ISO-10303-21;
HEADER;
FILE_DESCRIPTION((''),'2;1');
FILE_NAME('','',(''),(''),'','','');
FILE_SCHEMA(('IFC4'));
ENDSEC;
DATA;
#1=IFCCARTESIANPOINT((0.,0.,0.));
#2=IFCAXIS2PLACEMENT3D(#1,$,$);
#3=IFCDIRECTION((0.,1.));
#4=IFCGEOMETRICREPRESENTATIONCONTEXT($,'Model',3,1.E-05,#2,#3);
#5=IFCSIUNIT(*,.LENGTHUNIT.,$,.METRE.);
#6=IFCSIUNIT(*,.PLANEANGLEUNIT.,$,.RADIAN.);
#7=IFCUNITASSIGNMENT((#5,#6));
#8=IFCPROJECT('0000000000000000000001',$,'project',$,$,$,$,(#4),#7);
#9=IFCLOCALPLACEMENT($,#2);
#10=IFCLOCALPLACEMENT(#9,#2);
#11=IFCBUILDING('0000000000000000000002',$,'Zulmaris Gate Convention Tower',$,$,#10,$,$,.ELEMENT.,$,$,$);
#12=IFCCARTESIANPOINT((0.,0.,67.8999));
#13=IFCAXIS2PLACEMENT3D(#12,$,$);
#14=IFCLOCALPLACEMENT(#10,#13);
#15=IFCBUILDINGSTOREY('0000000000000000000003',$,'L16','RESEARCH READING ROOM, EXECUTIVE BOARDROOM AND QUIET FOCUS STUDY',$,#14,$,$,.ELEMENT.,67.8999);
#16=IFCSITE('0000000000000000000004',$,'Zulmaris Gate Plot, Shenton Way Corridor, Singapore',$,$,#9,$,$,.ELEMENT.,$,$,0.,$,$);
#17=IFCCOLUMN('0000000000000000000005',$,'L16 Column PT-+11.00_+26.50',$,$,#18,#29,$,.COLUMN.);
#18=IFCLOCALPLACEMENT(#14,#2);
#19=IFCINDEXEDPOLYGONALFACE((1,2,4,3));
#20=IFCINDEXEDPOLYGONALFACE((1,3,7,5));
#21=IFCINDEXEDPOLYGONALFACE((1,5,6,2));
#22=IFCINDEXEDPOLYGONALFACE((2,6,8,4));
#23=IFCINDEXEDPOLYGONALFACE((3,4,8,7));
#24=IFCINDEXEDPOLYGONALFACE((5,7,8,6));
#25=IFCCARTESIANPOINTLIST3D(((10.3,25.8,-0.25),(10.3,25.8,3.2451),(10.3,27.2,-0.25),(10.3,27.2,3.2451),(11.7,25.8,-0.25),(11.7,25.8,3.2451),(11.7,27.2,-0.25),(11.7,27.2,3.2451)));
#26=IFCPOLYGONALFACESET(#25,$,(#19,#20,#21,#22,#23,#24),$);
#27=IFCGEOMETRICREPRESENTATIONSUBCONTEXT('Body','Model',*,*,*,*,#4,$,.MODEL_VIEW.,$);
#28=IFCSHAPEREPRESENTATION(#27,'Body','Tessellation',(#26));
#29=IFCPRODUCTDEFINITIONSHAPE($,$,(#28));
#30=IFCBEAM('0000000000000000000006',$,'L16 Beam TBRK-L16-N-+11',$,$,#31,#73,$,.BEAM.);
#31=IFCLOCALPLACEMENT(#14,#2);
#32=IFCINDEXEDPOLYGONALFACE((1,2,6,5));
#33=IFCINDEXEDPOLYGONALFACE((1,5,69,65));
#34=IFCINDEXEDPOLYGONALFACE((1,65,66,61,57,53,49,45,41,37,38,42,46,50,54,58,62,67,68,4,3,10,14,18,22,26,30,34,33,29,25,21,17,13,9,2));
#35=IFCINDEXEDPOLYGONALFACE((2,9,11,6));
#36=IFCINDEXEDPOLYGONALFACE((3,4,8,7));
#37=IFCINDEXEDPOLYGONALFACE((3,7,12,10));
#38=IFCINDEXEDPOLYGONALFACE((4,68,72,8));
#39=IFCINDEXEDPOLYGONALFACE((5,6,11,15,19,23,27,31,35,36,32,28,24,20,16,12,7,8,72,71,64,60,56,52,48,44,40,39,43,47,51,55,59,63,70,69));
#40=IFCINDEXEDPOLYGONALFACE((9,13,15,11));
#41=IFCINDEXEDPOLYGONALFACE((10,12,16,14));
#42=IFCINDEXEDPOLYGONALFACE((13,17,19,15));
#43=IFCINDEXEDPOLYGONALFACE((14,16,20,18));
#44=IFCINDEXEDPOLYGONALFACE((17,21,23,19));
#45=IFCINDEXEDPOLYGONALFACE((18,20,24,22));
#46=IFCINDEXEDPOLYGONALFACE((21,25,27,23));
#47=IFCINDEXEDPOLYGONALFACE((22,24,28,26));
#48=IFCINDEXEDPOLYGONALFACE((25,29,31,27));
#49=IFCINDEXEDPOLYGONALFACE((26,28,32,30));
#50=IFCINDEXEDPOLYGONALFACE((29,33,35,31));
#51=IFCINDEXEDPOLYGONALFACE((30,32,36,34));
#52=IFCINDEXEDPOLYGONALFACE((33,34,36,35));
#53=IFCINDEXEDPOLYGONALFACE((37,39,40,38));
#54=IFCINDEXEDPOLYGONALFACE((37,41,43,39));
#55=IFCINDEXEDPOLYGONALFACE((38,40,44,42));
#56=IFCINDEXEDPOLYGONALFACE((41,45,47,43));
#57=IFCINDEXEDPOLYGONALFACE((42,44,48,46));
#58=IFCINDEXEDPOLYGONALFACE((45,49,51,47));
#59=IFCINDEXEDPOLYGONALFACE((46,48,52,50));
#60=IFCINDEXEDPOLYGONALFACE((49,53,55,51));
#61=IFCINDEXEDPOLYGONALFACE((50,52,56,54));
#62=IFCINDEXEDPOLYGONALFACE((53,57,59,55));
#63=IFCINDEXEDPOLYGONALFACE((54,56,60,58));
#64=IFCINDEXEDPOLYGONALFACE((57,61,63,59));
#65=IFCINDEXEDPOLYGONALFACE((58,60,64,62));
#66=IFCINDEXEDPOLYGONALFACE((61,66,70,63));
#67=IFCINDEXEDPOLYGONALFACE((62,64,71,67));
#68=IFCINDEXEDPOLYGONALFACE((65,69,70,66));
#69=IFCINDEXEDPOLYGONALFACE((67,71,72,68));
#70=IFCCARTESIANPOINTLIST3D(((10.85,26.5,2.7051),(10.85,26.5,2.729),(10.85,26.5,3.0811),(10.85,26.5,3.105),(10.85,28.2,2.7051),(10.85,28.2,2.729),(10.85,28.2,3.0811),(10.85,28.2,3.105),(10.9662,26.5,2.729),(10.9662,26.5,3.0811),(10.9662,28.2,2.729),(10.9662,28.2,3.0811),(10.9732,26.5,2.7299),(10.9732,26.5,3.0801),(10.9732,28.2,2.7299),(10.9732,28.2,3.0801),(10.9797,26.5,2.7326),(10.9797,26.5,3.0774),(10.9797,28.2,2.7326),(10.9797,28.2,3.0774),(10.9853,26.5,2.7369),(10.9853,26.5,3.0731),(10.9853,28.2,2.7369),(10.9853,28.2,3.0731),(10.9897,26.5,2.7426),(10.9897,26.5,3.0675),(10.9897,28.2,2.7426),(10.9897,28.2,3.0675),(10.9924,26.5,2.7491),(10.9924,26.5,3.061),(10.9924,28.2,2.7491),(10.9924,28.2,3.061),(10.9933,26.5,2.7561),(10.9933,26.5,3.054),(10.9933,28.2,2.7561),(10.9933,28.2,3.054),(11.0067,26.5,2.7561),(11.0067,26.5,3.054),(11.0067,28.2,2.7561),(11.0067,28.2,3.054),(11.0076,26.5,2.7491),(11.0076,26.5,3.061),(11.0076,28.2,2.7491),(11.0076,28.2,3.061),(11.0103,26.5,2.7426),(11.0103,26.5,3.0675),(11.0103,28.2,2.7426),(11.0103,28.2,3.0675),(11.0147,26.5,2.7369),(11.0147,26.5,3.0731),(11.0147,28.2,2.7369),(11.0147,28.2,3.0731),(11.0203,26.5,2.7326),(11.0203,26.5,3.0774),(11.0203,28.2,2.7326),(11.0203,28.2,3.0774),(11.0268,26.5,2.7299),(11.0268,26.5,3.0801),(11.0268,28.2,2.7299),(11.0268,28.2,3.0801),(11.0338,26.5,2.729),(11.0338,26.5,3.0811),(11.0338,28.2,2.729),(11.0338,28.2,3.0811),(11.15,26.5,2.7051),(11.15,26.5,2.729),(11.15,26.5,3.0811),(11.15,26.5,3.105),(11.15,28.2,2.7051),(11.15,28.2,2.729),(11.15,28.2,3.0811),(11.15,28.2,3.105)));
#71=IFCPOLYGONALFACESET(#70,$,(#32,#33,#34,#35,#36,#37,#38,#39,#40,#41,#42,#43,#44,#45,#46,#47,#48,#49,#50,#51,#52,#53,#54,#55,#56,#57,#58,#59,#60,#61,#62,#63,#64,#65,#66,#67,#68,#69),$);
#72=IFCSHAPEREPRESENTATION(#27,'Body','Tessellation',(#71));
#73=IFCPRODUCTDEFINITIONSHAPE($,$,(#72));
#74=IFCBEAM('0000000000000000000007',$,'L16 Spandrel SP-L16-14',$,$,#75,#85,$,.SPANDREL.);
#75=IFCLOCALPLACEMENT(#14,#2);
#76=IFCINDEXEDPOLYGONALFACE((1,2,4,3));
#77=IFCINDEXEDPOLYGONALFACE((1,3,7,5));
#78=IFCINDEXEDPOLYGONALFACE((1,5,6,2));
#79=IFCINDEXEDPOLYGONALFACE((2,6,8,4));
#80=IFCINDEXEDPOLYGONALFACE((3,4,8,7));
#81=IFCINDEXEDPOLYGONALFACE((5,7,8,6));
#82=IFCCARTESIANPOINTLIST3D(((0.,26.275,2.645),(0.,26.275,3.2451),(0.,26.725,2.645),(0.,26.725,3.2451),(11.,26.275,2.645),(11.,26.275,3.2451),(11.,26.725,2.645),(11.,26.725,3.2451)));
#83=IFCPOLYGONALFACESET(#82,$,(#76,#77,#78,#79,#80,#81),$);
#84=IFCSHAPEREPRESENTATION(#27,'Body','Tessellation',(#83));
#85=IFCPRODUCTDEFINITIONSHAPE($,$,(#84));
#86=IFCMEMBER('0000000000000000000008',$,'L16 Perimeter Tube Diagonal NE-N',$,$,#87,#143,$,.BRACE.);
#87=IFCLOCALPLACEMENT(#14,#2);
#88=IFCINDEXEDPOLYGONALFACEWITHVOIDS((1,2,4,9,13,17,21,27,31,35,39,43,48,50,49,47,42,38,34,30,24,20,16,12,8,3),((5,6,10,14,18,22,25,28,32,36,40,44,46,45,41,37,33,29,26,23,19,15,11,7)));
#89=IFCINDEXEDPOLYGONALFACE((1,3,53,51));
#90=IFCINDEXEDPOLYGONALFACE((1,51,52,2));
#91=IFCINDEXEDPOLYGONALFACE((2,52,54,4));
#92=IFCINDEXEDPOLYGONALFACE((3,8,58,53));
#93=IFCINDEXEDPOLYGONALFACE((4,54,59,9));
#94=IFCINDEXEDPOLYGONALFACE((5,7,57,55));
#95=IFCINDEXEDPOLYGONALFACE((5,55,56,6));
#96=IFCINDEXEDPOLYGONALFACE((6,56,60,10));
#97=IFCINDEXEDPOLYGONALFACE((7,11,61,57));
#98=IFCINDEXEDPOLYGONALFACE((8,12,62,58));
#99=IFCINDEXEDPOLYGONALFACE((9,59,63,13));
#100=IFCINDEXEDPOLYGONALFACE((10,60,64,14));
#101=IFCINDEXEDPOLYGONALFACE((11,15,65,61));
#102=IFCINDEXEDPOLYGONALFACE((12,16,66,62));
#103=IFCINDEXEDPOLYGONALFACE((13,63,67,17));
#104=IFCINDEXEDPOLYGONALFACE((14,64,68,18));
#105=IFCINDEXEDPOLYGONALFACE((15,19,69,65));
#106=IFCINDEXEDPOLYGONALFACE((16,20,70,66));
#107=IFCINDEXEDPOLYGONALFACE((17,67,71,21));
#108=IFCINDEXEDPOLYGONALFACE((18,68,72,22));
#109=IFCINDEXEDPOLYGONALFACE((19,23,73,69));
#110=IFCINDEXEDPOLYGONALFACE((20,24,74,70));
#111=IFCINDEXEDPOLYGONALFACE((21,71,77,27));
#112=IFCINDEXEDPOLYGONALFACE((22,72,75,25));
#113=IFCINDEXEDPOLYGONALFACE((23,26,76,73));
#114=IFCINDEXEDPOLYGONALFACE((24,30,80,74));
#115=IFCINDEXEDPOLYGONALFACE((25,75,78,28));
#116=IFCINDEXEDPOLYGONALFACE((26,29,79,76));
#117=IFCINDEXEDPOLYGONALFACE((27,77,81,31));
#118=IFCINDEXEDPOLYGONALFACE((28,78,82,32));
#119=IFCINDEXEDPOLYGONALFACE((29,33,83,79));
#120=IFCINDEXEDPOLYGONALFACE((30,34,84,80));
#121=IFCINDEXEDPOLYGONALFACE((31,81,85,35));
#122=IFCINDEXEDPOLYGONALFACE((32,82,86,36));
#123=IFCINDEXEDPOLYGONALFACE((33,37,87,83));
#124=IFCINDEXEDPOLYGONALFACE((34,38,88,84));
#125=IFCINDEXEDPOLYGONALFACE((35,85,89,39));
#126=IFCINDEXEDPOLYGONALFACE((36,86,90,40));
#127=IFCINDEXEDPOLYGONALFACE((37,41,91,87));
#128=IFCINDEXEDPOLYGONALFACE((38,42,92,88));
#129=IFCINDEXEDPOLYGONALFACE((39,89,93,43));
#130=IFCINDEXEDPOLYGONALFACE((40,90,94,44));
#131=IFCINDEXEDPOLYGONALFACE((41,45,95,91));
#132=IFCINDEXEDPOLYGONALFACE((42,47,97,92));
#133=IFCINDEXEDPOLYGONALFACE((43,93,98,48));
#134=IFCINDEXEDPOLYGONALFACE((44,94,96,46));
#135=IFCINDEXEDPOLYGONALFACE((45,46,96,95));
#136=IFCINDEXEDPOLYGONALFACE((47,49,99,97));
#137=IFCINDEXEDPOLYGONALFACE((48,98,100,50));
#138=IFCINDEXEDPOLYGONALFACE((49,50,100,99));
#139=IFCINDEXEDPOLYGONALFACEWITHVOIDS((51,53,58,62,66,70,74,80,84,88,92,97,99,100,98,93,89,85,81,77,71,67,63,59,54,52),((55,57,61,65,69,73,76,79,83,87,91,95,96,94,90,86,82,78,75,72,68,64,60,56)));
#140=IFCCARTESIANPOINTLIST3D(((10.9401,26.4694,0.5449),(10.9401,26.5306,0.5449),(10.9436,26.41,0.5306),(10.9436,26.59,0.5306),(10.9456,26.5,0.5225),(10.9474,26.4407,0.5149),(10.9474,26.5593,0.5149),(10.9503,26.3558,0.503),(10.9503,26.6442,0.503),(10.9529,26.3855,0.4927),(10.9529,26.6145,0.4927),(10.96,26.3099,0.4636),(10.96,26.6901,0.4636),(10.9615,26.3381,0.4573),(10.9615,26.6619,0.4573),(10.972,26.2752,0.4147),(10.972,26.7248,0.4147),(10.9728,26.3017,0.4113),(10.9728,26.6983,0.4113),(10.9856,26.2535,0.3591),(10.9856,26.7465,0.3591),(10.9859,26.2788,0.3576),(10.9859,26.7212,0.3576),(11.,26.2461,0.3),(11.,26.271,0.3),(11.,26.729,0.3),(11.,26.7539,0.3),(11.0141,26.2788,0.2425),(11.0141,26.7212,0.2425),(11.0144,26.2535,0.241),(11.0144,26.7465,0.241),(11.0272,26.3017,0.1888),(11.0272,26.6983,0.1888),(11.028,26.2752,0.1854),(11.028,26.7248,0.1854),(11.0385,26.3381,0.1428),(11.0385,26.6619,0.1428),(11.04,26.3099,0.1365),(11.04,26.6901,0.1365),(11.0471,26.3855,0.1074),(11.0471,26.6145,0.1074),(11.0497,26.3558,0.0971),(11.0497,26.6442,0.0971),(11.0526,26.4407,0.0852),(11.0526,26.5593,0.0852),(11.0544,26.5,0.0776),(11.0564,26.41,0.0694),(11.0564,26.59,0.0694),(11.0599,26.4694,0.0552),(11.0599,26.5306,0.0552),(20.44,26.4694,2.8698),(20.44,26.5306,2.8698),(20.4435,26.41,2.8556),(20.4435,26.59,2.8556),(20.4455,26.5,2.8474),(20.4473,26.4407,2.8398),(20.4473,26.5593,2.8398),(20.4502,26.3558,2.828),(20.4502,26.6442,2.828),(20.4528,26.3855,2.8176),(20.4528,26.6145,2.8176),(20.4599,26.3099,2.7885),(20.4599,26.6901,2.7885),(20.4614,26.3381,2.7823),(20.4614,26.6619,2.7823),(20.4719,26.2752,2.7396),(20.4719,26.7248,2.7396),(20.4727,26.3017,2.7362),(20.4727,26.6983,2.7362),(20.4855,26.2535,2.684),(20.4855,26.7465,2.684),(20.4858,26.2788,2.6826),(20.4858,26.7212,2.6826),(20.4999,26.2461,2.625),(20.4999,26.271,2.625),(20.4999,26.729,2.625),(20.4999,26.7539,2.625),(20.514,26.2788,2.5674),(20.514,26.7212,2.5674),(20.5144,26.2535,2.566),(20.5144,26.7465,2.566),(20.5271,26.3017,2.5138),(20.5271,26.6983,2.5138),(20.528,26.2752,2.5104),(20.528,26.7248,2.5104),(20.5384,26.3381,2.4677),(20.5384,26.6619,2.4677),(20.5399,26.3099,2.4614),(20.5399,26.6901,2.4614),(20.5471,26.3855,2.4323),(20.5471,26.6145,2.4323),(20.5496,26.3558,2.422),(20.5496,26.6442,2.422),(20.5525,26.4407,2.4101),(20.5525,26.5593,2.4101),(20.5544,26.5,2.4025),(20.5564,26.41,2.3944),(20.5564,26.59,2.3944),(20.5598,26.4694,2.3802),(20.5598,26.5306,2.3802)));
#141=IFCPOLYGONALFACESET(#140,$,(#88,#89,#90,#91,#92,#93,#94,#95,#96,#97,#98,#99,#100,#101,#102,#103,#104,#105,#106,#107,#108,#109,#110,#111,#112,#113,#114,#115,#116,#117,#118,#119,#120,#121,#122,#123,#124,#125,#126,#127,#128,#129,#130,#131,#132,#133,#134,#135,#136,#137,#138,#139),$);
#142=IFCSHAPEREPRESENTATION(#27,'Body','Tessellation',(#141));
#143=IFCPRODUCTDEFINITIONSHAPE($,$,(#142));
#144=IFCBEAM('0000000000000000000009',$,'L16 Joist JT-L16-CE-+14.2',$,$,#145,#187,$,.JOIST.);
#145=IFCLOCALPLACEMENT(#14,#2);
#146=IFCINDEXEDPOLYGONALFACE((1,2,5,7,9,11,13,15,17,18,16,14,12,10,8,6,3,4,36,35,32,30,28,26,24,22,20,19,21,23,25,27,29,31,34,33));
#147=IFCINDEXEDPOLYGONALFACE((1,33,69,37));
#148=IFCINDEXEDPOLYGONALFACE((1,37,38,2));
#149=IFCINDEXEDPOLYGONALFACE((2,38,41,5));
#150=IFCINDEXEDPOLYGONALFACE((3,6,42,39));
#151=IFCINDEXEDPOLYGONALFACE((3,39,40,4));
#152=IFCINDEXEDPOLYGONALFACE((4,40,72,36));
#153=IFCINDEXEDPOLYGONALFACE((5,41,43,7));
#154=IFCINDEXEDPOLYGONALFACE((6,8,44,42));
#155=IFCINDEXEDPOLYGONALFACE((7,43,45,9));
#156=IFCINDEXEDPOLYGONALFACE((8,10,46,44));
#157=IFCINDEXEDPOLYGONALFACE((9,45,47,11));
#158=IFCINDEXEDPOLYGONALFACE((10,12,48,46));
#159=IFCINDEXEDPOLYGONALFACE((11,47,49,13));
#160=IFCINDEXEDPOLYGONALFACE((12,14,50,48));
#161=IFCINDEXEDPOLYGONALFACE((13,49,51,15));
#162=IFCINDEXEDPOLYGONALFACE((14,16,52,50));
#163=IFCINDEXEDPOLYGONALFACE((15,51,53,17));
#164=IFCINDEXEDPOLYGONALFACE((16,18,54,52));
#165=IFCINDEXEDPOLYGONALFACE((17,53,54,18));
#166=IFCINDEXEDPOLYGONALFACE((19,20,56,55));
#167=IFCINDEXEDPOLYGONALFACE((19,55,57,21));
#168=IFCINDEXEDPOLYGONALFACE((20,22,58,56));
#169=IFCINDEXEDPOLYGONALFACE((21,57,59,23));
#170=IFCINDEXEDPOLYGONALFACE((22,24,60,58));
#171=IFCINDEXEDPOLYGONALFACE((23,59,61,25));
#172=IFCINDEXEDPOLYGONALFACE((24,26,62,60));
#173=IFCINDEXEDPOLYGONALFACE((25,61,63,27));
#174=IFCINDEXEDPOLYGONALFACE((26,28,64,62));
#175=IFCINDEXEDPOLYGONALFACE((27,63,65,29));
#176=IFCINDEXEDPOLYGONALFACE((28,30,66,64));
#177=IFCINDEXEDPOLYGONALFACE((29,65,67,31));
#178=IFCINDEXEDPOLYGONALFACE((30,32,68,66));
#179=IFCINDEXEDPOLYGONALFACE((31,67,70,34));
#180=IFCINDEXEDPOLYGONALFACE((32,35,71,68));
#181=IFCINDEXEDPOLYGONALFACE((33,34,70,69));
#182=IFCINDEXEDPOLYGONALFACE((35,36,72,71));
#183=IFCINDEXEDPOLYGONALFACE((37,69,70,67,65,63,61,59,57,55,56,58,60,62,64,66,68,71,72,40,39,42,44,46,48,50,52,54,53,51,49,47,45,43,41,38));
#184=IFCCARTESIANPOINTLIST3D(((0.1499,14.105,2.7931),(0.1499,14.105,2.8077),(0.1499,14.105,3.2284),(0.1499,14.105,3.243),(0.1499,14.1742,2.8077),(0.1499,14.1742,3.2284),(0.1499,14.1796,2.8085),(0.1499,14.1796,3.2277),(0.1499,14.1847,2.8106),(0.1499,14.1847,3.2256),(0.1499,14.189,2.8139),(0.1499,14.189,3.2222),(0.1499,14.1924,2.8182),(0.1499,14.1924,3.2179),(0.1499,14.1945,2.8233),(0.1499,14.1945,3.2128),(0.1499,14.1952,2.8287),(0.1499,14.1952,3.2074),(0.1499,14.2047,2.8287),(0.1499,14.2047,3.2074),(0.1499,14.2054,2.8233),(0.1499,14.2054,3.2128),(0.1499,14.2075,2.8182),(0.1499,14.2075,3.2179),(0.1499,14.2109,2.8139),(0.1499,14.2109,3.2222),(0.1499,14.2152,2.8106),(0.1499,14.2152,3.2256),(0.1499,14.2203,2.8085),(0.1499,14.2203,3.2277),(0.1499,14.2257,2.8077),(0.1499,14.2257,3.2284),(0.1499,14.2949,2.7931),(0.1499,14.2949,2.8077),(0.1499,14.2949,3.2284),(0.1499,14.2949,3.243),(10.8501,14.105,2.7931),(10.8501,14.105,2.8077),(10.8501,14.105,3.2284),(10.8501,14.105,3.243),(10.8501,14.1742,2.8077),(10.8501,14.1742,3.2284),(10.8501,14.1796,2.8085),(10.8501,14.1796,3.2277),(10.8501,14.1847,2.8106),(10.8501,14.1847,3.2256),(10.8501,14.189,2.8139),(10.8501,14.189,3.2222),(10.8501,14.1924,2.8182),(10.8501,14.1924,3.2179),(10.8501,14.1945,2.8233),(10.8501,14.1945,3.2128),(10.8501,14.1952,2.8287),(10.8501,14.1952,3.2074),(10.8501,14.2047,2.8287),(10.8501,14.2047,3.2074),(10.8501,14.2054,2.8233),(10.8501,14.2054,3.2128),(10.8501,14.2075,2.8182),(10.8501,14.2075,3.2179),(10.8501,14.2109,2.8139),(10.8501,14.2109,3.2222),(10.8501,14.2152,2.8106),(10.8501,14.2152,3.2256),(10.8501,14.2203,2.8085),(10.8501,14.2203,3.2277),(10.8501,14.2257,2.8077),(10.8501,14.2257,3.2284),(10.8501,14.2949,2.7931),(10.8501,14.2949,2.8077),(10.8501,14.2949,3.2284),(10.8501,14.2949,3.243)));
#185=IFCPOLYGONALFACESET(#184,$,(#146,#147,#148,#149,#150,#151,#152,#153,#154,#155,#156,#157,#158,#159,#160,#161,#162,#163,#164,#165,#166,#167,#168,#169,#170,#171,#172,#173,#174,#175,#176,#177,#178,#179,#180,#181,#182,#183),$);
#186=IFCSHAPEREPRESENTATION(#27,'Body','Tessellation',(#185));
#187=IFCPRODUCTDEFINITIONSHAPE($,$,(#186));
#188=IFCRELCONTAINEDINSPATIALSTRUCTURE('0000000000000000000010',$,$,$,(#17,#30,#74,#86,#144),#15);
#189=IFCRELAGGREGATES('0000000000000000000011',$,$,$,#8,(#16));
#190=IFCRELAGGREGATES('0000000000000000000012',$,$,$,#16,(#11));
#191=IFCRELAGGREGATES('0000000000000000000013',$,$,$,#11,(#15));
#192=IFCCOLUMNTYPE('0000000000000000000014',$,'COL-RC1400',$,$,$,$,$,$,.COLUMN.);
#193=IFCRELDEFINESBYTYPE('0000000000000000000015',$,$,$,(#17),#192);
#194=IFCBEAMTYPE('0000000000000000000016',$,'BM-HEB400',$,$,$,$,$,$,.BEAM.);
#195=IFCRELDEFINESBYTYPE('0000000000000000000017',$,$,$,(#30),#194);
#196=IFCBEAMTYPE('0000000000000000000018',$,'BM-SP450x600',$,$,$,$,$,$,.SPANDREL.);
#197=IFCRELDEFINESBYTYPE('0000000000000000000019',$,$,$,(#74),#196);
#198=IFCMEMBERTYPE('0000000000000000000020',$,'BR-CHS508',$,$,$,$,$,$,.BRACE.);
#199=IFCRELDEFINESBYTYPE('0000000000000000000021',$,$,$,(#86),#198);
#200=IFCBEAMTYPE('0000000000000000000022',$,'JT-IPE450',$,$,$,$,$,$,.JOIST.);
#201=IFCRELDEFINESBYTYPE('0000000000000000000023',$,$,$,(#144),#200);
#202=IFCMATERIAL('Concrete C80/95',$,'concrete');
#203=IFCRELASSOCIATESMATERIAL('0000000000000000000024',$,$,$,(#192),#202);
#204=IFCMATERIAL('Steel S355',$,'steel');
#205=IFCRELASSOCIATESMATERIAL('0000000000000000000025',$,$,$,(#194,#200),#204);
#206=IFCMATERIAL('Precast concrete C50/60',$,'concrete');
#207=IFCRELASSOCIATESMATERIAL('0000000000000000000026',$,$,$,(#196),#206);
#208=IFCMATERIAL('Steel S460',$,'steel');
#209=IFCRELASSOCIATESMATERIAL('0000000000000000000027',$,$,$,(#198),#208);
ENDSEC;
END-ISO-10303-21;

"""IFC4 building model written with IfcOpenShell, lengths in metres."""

from ifc_helpers import new_model, si_unit, direction, frame, origin, origin_2d, place, context, subcontext, project, spatial, rectangle, hollow_circle, i_section, extrude, material, material_profile, profile_set, type_object, element, save


model = new_model("IFC4")

# Units and contexts
model_context = context("Model", 3, precision=1e-05, world=origin(), true_north=direction((0.0, 1.0)))
body_context = subcontext(model_context, "Body", "Model", "MODEL_VIEW")
ifc_project = project(units=[si_unit("LENGTHUNIT", "METRE"), si_unit("PLANEANGLEUNIT", "RADIAN")], contexts=[model_context])

# Site, building, storey
site_placement = place(None, origin())
site = spatial("IfcSite", under=ifc_project, at=site_placement, Name="Zulmaris Gate Plot, Shenton Way Corridor, Singapore", CompositionType="ELEMENT", RefElevation=0.0)
building_placement = place(site_placement, origin())
building = spatial("IfcBuilding", under=site, at=building_placement, Name="Zulmaris Gate Convention Tower", CompositionType="ELEMENT")
storey_placement = place(building_placement, frame((0.0, 0.0, 67.8999)))
storey = spatial("IfcBuildingStorey", under=building, at=storey_placement, Name="L16", Description="RESEARCH READING ROOM, EXECUTIVE BOARDROOM AND QUIET FOCUS STUDY", CompositionType="ELEMENT", Elevation=67.8999)

# Column
ifc_material_1 = material(Name="Concrete C80/95", Category="concrete")
ifc_material_profile_1 = material_profile(ifc_material_1, rectangle(XDim=1.3999, YDim=1.3999, at=origin_2d()), Name="RC COL 1400x1400")
ifc_profile_set_1 = profile_set([ifc_material_profile_1], Name="Concrete C80/95")
column_type = type_object("IfcColumnType", Name="COL-RC1400", PredefinedType="COLUMN", material=ifc_profile_set_1)
column_placement = place(storey_placement, frame((11.0, 26.5, -0.25), z_axis=(0.0, 0.0, 1.0), x_axis=(1.0, 0.0, 0.0)))
element("IfcColumn", 1, at=column_placement, inside=storey, type_object=column_type, Name="L16 Column PT-+11.00_+26.50", PredefinedType="COLUMN", context=body_context, shape_type="SweptSolid", body=[
    extrude(rectangle(XDim=1.3999, YDim=1.3999, at=origin_2d()), origin(), (0.0, 0.0, 1.0), 3.4951),
])

# Beams
ifc_material_2 = material(Name="Steel S355", Category="steel")
ifc_material_profile_2 = material_profile(ifc_material_2, i_section(OverallWidth=0.3, OverallDepth=0.3999, WebThickness=0.0134, FlangeThickness=0.0239, FilletRadius=0.0271, at=origin_2d()), Name="HEB 400")
ifc_profile_set_2 = profile_set([ifc_material_profile_2], Name="Steel S355")
beam_type_1 = type_object("IfcBeamType", Name="BM-HEB400", PredefinedType="BEAM", material=ifc_profile_set_2)
beam_1_placement = place(storey_placement, frame((11.0, 26.5, 2.905), z_axis=(0.0, 1.0, 0.0), x_axis=(-1.0, 0.0, 0.0)))
element("IfcBeam", 2, at=beam_1_placement, inside=storey, type_object=beam_type_1, Name="L16 Beam TBRK-L16-N-+11", PredefinedType="BEAM", context=body_context, shape_type="SweptSolid", body=[
    extrude(i_section(OverallWidth=0.3, OverallDepth=0.3999, WebThickness=0.0134, FlangeThickness=0.0239, FilletRadius=0.0271, at=origin_2d()), origin(), (0.0, 0.0, 1.0), 1.7),
])
ifc_material_3 = material(Name="Precast concrete C50/60", Category="concrete")
ifc_material_profile_3 = material_profile(ifc_material_3, rectangle(XDim=0.45, YDim=0.6001, at=origin_2d()), Name="RC SPANDREL 450x600")
ifc_profile_set_3 = profile_set([ifc_material_profile_3], Name="Precast concrete C50/60")
beam_type_2 = type_object("IfcBeamType", Name="BM-SP450x600", PredefinedType="SPANDREL", material=ifc_profile_set_3)
beam_2_placement = place(storey_placement, frame((11.0, 26.5, 2.9451), z_axis=(-1.0, 0.0, 0.0), x_axis=(0.0, -1.0, 0.0)))
element("IfcBeam", 3, at=beam_2_placement, inside=storey, type_object=beam_type_2, Name="L16 Spandrel SP-L16-14", PredefinedType="SPANDREL", context=body_context, shape_type="SweptSolid", body=[
    extrude(rectangle(XDim=0.45, YDim=0.6001, at=origin_2d()), origin(), (0.0, 0.0, 1.0), 11.0),
])

# Member
ifc_material_4 = material(Name="Steel S460", Category="steel")
ifc_material_profile_4 = material_profile(ifc_material_4, hollow_circle(Radius=0.2539, WallThickness=0.0249, at=origin_2d()), Name="CHS 508x25")
ifc_profile_set_4 = profile_set([ifc_material_profile_4], Name="Steel S460")
member_type = type_object("IfcMemberType", Name="BR-CHS508", PredefinedType="BRACE", material=ifc_profile_set_4)
member_placement = place(storey_placement, frame((11.0, 26.5, 0.3), z_axis=(0.971335, 0.0, 0.237716), x_axis=(0.0, 1.0, 0.0)))
element("IfcMember", 4, at=member_placement, inside=storey, type_object=member_type, Name="L16 Perimeter Tube Diagonal NE-N", PredefinedType="BRACE", context=body_context, shape_type="SweptSolid", body=[
    extrude(hollow_circle(Radius=0.2539, WallThickness=0.0249, at=origin_2d()), origin(), (0.0, 0.0, 1.0), 9.7803),
])

# Beam
ifc_material_profile_5 = material_profile(ifc_material_2, i_section(OverallWidth=0.1899, OverallDepth=0.45, WebThickness=0.0095, FlangeThickness=0.0146, FilletRadius=0.021, at=origin_2d()), Name="IPE 450")
ifc_profile_set_5 = profile_set([ifc_material_profile_5], Name="Steel S355")
beam_type_3 = type_object("IfcBeamType", Name="JT-IPE450", PredefinedType="JOIST", material=ifc_profile_set_5)
for number, where, z_axis, x_axis, name in (
    (5, (0.1499, 14.2, 3.0181), (1.0, 0.0, 0.0), (0.0, 1.0, 0.0), "L16 Joist JT-L16-CE-+14.2"),
):
    element("IfcBeam", number, at=place(storey_placement, frame(where, z_axis=z_axis, x_axis=x_axis)), inside=storey, type_object=beam_type_3, Name=name, PredefinedType="JOIST", context=body_context, shape_type="SweptSolid", body=[
        extrude(i_section(OverallWidth=0.1899, OverallDepth=0.45, WebThickness=0.0095, FlangeThickness=0.0146, FilletRadius=0.021, at=origin_2d()), origin(), (0.0, 0.0, 1.0), 10.7002),
    ])

save(model, "model.ifc")
